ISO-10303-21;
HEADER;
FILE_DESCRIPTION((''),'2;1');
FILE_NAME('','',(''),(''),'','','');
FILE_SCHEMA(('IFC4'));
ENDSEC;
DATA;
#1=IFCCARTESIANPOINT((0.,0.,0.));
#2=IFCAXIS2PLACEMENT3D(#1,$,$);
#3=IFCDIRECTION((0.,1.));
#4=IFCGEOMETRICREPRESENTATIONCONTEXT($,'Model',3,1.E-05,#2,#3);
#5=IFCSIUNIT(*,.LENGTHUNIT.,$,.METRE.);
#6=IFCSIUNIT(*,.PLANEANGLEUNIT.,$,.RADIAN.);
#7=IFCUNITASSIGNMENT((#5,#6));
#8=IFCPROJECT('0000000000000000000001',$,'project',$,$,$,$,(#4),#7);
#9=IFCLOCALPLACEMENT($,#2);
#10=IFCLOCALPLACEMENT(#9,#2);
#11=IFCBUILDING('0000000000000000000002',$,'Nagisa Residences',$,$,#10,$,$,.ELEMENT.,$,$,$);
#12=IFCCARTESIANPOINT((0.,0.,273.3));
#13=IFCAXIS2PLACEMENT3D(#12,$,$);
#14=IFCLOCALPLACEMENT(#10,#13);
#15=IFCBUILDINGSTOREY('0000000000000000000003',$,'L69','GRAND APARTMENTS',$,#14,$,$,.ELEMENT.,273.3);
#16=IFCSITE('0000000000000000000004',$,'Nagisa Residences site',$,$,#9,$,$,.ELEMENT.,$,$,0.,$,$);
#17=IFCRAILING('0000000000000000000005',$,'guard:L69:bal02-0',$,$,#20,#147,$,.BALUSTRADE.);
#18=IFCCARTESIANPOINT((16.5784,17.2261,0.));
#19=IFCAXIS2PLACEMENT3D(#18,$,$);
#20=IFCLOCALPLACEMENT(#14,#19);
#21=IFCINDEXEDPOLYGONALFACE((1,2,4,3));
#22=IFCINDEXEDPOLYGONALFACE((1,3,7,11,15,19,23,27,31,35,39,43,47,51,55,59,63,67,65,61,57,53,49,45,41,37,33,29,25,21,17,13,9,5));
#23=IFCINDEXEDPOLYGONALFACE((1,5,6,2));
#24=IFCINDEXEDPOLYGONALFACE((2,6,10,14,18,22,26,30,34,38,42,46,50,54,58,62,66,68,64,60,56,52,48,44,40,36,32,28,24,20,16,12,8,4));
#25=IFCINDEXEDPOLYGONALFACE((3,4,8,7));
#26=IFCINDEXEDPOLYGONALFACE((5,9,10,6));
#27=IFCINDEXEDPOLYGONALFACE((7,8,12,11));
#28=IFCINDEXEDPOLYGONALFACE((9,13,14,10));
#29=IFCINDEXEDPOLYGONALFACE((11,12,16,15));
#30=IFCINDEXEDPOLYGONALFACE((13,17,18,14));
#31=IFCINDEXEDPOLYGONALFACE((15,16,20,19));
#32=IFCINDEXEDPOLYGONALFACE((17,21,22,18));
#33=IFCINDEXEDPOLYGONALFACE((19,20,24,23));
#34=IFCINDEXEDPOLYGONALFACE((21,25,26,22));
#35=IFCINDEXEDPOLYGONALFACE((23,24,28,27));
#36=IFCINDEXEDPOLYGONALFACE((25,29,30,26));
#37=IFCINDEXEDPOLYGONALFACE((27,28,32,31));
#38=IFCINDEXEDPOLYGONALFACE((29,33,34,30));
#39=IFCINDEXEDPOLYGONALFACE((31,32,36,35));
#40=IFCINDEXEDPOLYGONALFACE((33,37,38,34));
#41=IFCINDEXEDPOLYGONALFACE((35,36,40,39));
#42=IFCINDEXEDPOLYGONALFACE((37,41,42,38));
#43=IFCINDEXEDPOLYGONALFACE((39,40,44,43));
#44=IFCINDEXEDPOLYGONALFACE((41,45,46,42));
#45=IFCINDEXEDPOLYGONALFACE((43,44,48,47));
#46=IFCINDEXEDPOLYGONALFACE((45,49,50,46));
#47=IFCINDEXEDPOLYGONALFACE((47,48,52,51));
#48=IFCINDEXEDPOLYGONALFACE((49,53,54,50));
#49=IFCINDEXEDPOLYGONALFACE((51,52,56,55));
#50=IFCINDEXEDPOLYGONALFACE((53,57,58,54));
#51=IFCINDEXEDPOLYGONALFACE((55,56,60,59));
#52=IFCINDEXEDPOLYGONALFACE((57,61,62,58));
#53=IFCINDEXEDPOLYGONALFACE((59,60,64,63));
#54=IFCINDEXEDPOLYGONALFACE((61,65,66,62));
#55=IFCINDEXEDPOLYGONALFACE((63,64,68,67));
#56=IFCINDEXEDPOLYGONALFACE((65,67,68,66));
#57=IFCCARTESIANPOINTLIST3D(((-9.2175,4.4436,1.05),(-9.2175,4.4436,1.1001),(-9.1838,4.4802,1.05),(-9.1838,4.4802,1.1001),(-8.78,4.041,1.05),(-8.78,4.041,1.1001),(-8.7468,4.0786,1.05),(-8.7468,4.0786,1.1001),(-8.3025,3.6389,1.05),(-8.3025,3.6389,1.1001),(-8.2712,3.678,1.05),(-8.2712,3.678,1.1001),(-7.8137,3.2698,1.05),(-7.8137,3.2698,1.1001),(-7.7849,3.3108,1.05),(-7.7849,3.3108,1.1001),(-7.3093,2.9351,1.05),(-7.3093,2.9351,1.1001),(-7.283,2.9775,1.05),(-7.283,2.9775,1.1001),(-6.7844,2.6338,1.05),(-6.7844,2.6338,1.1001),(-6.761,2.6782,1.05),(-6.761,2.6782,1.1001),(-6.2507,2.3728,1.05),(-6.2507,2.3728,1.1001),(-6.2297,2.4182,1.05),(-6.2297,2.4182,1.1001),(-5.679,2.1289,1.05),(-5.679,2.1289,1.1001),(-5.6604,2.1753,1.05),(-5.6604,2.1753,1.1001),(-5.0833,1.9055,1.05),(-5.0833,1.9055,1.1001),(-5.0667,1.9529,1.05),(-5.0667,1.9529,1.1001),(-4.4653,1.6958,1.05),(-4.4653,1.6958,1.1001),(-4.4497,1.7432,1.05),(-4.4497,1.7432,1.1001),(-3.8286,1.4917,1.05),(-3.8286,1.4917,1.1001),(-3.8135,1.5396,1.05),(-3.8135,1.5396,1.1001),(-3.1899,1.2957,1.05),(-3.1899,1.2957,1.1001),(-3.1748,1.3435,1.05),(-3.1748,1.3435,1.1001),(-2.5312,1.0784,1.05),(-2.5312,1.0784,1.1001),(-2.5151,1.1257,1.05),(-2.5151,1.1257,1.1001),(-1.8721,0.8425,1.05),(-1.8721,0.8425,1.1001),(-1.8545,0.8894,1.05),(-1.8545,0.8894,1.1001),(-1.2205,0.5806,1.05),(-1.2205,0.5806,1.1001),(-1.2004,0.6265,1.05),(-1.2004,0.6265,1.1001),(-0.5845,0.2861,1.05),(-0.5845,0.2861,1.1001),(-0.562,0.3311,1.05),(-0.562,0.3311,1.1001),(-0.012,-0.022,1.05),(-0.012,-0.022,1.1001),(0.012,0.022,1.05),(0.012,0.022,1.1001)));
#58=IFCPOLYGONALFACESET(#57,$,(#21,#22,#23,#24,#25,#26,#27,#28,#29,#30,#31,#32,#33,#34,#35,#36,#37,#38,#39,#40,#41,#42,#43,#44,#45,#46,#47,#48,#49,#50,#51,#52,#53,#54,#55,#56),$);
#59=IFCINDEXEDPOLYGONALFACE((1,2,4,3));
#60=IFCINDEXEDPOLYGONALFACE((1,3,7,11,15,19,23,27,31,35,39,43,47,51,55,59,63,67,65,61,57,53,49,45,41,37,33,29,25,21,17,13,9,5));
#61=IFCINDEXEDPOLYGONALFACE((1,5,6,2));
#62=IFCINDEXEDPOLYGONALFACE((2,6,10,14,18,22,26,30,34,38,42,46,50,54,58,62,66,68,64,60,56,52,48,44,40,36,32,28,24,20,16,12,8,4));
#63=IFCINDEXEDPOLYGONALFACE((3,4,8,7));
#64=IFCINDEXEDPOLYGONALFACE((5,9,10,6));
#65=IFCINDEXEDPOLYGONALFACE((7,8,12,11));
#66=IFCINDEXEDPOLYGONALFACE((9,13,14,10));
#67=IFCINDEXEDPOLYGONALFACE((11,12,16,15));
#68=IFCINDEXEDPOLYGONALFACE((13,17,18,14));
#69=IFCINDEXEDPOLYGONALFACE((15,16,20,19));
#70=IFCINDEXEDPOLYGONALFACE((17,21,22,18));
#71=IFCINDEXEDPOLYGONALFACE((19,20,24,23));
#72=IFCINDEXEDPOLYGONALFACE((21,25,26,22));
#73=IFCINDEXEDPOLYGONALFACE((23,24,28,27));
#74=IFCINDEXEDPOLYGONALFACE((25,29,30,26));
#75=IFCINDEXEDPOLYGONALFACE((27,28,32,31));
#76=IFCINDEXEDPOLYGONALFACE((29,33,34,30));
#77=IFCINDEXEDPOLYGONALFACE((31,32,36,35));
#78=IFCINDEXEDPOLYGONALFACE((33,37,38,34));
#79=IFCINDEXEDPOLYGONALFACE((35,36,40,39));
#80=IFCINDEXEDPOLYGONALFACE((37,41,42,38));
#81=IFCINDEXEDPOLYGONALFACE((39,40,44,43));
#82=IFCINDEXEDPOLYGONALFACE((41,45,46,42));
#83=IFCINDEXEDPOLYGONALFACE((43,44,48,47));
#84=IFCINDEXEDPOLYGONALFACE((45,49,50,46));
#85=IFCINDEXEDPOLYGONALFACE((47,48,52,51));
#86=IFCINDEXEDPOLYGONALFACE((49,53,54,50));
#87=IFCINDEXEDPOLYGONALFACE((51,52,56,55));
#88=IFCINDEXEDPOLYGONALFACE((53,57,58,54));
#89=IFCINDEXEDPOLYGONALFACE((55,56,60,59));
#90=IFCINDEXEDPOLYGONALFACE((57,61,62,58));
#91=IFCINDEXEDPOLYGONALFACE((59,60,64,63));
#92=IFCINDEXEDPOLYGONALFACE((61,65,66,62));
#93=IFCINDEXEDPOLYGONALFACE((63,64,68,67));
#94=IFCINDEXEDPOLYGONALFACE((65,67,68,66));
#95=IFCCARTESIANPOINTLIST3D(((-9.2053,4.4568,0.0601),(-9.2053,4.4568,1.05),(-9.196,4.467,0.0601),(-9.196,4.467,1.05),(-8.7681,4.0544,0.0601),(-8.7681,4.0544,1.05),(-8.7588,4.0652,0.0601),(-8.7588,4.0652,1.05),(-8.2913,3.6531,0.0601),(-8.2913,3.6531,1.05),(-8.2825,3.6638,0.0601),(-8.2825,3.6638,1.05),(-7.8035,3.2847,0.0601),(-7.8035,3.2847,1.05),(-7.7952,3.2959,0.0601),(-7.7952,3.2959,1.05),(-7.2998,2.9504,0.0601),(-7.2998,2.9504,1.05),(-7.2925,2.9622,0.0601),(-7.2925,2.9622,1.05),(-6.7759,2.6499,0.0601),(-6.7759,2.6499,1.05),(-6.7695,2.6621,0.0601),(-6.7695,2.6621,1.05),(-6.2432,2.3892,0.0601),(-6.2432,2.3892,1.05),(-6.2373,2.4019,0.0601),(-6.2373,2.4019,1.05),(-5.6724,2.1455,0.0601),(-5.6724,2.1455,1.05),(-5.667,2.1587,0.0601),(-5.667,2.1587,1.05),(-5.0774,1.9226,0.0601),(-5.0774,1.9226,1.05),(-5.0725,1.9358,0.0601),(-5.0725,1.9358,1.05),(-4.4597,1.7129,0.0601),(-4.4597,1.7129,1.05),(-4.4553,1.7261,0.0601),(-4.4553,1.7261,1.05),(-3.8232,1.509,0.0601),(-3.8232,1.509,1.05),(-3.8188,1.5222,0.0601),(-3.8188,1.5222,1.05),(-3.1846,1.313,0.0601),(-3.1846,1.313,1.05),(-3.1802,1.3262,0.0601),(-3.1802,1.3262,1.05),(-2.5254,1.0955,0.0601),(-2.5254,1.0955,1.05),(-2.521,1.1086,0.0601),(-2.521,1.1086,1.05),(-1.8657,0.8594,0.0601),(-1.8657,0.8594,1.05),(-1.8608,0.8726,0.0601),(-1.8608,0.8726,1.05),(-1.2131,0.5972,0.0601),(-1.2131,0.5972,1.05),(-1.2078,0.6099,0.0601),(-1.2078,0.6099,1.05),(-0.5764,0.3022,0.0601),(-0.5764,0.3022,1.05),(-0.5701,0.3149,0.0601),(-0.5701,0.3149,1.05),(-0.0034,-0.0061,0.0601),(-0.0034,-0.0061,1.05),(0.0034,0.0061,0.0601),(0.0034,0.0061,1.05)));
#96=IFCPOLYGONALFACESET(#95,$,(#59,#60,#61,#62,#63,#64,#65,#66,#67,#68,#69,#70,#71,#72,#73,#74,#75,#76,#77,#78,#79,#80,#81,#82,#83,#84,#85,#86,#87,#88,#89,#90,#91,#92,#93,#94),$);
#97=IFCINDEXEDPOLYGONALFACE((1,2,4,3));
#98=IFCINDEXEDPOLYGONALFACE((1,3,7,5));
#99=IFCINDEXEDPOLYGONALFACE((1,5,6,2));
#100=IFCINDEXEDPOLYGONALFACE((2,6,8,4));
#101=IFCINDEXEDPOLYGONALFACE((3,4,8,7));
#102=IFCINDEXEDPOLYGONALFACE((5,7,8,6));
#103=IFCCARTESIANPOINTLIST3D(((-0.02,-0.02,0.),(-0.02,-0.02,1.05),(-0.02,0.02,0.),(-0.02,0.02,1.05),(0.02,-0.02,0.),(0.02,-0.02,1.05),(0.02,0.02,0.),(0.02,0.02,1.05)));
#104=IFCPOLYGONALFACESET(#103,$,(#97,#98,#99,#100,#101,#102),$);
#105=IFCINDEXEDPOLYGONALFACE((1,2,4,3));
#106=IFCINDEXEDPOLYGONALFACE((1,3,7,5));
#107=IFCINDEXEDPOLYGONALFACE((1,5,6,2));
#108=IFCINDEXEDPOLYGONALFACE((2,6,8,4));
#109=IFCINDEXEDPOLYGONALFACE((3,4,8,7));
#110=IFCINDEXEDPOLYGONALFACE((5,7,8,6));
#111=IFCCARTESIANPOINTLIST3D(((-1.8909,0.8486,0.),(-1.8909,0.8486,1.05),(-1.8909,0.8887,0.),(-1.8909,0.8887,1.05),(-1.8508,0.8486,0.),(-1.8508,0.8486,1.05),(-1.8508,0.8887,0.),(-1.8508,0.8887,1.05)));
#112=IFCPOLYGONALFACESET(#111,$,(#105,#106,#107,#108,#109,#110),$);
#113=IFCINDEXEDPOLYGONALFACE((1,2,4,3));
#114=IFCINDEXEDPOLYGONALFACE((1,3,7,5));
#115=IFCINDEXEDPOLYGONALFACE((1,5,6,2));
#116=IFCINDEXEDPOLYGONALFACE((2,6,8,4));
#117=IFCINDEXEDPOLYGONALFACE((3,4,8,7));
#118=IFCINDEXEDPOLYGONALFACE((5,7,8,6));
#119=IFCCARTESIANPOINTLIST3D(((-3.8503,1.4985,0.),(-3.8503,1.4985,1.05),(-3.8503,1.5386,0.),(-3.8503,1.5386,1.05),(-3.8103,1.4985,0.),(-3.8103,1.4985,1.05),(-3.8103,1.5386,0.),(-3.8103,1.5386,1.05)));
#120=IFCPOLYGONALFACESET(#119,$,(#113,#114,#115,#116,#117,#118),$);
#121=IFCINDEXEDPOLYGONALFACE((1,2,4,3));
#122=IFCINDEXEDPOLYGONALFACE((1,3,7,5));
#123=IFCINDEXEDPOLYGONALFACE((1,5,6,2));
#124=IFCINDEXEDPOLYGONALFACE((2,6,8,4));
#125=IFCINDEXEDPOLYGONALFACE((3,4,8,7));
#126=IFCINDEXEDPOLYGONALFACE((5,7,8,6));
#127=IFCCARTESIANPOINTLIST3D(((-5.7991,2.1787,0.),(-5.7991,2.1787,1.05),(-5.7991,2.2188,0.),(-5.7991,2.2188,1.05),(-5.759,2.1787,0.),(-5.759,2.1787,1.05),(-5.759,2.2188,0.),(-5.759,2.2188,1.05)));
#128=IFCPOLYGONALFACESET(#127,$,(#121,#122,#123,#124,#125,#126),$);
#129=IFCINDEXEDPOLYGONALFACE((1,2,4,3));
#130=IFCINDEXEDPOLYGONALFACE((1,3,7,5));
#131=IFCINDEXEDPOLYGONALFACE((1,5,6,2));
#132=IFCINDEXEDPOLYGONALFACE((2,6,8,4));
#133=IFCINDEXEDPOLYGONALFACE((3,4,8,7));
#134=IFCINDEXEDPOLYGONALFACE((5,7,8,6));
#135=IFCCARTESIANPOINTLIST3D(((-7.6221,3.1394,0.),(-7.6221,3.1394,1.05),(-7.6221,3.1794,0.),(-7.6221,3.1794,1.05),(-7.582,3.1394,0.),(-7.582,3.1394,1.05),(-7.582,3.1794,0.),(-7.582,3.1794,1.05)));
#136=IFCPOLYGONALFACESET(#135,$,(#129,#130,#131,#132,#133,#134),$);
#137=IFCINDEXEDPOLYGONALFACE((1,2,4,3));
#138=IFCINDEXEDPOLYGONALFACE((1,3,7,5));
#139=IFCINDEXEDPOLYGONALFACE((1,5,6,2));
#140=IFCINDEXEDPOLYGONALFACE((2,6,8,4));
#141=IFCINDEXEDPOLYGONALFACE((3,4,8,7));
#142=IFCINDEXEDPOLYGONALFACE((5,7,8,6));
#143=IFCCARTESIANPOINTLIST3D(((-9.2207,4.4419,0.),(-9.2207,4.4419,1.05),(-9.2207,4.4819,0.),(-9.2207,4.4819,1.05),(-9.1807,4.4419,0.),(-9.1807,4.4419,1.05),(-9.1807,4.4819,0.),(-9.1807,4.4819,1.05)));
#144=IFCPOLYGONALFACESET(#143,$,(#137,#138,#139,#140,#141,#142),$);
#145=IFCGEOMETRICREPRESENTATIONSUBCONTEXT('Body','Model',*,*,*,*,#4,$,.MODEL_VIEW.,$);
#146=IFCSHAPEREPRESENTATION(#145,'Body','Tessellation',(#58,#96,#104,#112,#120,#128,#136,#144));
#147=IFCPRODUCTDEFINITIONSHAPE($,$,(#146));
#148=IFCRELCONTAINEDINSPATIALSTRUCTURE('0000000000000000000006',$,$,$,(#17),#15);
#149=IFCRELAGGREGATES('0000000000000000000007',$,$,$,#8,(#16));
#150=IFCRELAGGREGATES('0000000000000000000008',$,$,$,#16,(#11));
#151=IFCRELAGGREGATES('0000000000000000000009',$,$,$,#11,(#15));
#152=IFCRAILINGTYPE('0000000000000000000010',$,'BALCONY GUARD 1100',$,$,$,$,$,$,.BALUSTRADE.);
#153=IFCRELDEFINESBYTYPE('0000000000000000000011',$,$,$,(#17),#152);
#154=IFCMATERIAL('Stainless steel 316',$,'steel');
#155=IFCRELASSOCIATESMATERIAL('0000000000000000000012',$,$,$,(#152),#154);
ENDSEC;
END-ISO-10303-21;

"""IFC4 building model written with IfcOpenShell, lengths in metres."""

from ifc_helpers import new_model, si_unit, direction, frame, origin, origin_2d, place, context, subcontext, project, spatial, polyline, rectangle, outline, extrude, material, type_object, element, save


model = new_model("IFC4")

# Units and contexts
model_context = context("Model", 3, precision=1e-05, world=origin(), true_north=direction((0.0, 1.0)))
body_context = subcontext(model_context, "Body", "Model", "MODEL_VIEW")
ifc_project = project(units=[si_unit("LENGTHUNIT", "METRE"), si_unit("PLANEANGLEUNIT", "RADIAN")], contexts=[model_context])

# Site, building, storey
site_placement = place(None, origin())
site = spatial("IfcSite", under=ifc_project, at=site_placement, Name="Nagisa Residences site", CompositionType="ELEMENT", RefElevation=0.0)
building_placement = place(site_placement, origin())
building = spatial("IfcBuilding", under=site, at=building_placement, Name="Nagisa Residences", CompositionType="ELEMENT")
storey_placement = place(building_placement, frame((0.0, 0.0, 273.3)))
storey = spatial("IfcBuildingStorey", under=building, at=storey_placement, Name="L69", Description="GRAND APARTMENTS", CompositionType="ELEMENT", Elevation=273.3)

# Railing
ifc_material_1 = material(Name="Stainless steel 316", Category="steel")
railing_type = type_object("IfcRailingType", Name="BALCONY GUARD 1100", PredefinedType="BALUSTRADE", material=ifc_material_1)
railing_placement = place(storey_placement, frame((16.5784, 17.2261, 0.0)))
element("IfcRailing", 1, at=railing_placement, inside=storey, type_object=railing_type, Name="guard:L69:bal02-0", PredefinedType="BALUSTRADE", context=body_context, shape_type="SweptSolid", body=[
    extrude(outline(polyline([(-0.5845, 0.2861), (-0.012, -0.022), (0.012, 0.022), (-0.562, 0.3311), (-1.2004, 0.6265), (-1.8545, 0.8894), (-2.5151, 1.1257), (-3.1748, 1.3435), (-3.8135, 1.5396), (-4.4497, 1.7432), (-5.0667, 1.9529), (-5.6604, 2.1753), (-6.2297, 2.4182), (-6.761, 2.6782), (-7.283, 2.9775), (-7.7849, 3.3108), (-8.2712, 3.678), (-8.7468, 4.0786), (-9.1838, 4.4802), (-9.2175, 4.4436), (-8.78, 4.041), (-8.3025, 3.6389), (-7.8137, 3.2698), (-7.3093, 2.9351), (-6.7844, 2.6338), (-6.2507, 2.3728), (-5.679, 2.1289), (-5.0833, 1.9055), (-4.4653, 1.6958), (-3.8286, 1.4917), (-3.1899, 1.2957), (-2.5312, 1.0784), (-1.8721, 0.8425), (-1.2205, 0.5806), (-0.5845, 0.2861)])), frame((0.0, 0.0, 1.05)), (0.0, 0.0, 1.0), 0.05),
    extrude(outline(polyline([(-0.5764, 0.3022), (-0.0034, -0.0061), (0.0034, 0.0061), (-0.5701, 0.3149), (-1.2078, 0.6099), (-1.8608, 0.8726), (-2.521, 1.1086), (-3.1802, 1.3262), (-3.8188, 1.5222), (-4.4553, 1.7261), (-5.0725, 1.9358), (-5.667, 2.1587), (-6.2373, 2.4019), (-6.7695, 2.6621), (-7.2925, 2.9622), (-7.7952, 3.2959), (-8.2825, 3.6638), (-8.7588, 4.0652), (-9.196, 4.467), (-9.2053, 4.4568), (-8.7681, 4.0544), (-8.2913, 3.6531), (-7.8035, 3.2847), (-7.2998, 2.9504), (-6.7759, 2.6499), (-6.2432, 2.3892), (-5.6724, 2.1455), (-5.0774, 1.9226), (-4.4597, 1.7129), (-3.8232, 1.509), (-3.1846, 1.313), (-2.5254, 1.0955), (-1.8657, 0.8594), (-1.2131, 0.5972), (-0.5764, 0.3022)])), frame((0.0, 0.0, 0.0601)), (0.0, 0.0, 1.0), 0.99),
    extrude(rectangle(XDim=0.04, YDim=0.04, at=origin_2d()), origin(), (0.0, 0.0, 1.0), 1.05),
    extrude(rectangle(XDim=0.04, YDim=0.04, at=origin_2d()), frame((-1.8708, 0.8687, 0.0)), (0.0, 0.0, 1.0), 1.05),
    extrude(rectangle(XDim=0.04, YDim=0.04, at=origin_2d()), frame((-3.8303, 1.5186, 0.0)), (0.0, 0.0, 1.0), 1.05),
    extrude(rectangle(XDim=0.04, YDim=0.04, at=origin_2d()), frame((-5.7791, 2.1987, 0.0)), (0.0, 0.0, 1.0), 1.05),
    extrude(rectangle(XDim=0.04, YDim=0.04, at=origin_2d()), frame((-7.6021, 3.1594, 0.0)), (0.0, 0.0, 1.0), 1.05),
    extrude(rectangle(XDim=0.04, YDim=0.04, at=origin_2d()), frame((-9.2007, 4.4619, 0.0)), (0.0, 0.0, 1.0), 1.05),
])

save(model, "model.ifc")
